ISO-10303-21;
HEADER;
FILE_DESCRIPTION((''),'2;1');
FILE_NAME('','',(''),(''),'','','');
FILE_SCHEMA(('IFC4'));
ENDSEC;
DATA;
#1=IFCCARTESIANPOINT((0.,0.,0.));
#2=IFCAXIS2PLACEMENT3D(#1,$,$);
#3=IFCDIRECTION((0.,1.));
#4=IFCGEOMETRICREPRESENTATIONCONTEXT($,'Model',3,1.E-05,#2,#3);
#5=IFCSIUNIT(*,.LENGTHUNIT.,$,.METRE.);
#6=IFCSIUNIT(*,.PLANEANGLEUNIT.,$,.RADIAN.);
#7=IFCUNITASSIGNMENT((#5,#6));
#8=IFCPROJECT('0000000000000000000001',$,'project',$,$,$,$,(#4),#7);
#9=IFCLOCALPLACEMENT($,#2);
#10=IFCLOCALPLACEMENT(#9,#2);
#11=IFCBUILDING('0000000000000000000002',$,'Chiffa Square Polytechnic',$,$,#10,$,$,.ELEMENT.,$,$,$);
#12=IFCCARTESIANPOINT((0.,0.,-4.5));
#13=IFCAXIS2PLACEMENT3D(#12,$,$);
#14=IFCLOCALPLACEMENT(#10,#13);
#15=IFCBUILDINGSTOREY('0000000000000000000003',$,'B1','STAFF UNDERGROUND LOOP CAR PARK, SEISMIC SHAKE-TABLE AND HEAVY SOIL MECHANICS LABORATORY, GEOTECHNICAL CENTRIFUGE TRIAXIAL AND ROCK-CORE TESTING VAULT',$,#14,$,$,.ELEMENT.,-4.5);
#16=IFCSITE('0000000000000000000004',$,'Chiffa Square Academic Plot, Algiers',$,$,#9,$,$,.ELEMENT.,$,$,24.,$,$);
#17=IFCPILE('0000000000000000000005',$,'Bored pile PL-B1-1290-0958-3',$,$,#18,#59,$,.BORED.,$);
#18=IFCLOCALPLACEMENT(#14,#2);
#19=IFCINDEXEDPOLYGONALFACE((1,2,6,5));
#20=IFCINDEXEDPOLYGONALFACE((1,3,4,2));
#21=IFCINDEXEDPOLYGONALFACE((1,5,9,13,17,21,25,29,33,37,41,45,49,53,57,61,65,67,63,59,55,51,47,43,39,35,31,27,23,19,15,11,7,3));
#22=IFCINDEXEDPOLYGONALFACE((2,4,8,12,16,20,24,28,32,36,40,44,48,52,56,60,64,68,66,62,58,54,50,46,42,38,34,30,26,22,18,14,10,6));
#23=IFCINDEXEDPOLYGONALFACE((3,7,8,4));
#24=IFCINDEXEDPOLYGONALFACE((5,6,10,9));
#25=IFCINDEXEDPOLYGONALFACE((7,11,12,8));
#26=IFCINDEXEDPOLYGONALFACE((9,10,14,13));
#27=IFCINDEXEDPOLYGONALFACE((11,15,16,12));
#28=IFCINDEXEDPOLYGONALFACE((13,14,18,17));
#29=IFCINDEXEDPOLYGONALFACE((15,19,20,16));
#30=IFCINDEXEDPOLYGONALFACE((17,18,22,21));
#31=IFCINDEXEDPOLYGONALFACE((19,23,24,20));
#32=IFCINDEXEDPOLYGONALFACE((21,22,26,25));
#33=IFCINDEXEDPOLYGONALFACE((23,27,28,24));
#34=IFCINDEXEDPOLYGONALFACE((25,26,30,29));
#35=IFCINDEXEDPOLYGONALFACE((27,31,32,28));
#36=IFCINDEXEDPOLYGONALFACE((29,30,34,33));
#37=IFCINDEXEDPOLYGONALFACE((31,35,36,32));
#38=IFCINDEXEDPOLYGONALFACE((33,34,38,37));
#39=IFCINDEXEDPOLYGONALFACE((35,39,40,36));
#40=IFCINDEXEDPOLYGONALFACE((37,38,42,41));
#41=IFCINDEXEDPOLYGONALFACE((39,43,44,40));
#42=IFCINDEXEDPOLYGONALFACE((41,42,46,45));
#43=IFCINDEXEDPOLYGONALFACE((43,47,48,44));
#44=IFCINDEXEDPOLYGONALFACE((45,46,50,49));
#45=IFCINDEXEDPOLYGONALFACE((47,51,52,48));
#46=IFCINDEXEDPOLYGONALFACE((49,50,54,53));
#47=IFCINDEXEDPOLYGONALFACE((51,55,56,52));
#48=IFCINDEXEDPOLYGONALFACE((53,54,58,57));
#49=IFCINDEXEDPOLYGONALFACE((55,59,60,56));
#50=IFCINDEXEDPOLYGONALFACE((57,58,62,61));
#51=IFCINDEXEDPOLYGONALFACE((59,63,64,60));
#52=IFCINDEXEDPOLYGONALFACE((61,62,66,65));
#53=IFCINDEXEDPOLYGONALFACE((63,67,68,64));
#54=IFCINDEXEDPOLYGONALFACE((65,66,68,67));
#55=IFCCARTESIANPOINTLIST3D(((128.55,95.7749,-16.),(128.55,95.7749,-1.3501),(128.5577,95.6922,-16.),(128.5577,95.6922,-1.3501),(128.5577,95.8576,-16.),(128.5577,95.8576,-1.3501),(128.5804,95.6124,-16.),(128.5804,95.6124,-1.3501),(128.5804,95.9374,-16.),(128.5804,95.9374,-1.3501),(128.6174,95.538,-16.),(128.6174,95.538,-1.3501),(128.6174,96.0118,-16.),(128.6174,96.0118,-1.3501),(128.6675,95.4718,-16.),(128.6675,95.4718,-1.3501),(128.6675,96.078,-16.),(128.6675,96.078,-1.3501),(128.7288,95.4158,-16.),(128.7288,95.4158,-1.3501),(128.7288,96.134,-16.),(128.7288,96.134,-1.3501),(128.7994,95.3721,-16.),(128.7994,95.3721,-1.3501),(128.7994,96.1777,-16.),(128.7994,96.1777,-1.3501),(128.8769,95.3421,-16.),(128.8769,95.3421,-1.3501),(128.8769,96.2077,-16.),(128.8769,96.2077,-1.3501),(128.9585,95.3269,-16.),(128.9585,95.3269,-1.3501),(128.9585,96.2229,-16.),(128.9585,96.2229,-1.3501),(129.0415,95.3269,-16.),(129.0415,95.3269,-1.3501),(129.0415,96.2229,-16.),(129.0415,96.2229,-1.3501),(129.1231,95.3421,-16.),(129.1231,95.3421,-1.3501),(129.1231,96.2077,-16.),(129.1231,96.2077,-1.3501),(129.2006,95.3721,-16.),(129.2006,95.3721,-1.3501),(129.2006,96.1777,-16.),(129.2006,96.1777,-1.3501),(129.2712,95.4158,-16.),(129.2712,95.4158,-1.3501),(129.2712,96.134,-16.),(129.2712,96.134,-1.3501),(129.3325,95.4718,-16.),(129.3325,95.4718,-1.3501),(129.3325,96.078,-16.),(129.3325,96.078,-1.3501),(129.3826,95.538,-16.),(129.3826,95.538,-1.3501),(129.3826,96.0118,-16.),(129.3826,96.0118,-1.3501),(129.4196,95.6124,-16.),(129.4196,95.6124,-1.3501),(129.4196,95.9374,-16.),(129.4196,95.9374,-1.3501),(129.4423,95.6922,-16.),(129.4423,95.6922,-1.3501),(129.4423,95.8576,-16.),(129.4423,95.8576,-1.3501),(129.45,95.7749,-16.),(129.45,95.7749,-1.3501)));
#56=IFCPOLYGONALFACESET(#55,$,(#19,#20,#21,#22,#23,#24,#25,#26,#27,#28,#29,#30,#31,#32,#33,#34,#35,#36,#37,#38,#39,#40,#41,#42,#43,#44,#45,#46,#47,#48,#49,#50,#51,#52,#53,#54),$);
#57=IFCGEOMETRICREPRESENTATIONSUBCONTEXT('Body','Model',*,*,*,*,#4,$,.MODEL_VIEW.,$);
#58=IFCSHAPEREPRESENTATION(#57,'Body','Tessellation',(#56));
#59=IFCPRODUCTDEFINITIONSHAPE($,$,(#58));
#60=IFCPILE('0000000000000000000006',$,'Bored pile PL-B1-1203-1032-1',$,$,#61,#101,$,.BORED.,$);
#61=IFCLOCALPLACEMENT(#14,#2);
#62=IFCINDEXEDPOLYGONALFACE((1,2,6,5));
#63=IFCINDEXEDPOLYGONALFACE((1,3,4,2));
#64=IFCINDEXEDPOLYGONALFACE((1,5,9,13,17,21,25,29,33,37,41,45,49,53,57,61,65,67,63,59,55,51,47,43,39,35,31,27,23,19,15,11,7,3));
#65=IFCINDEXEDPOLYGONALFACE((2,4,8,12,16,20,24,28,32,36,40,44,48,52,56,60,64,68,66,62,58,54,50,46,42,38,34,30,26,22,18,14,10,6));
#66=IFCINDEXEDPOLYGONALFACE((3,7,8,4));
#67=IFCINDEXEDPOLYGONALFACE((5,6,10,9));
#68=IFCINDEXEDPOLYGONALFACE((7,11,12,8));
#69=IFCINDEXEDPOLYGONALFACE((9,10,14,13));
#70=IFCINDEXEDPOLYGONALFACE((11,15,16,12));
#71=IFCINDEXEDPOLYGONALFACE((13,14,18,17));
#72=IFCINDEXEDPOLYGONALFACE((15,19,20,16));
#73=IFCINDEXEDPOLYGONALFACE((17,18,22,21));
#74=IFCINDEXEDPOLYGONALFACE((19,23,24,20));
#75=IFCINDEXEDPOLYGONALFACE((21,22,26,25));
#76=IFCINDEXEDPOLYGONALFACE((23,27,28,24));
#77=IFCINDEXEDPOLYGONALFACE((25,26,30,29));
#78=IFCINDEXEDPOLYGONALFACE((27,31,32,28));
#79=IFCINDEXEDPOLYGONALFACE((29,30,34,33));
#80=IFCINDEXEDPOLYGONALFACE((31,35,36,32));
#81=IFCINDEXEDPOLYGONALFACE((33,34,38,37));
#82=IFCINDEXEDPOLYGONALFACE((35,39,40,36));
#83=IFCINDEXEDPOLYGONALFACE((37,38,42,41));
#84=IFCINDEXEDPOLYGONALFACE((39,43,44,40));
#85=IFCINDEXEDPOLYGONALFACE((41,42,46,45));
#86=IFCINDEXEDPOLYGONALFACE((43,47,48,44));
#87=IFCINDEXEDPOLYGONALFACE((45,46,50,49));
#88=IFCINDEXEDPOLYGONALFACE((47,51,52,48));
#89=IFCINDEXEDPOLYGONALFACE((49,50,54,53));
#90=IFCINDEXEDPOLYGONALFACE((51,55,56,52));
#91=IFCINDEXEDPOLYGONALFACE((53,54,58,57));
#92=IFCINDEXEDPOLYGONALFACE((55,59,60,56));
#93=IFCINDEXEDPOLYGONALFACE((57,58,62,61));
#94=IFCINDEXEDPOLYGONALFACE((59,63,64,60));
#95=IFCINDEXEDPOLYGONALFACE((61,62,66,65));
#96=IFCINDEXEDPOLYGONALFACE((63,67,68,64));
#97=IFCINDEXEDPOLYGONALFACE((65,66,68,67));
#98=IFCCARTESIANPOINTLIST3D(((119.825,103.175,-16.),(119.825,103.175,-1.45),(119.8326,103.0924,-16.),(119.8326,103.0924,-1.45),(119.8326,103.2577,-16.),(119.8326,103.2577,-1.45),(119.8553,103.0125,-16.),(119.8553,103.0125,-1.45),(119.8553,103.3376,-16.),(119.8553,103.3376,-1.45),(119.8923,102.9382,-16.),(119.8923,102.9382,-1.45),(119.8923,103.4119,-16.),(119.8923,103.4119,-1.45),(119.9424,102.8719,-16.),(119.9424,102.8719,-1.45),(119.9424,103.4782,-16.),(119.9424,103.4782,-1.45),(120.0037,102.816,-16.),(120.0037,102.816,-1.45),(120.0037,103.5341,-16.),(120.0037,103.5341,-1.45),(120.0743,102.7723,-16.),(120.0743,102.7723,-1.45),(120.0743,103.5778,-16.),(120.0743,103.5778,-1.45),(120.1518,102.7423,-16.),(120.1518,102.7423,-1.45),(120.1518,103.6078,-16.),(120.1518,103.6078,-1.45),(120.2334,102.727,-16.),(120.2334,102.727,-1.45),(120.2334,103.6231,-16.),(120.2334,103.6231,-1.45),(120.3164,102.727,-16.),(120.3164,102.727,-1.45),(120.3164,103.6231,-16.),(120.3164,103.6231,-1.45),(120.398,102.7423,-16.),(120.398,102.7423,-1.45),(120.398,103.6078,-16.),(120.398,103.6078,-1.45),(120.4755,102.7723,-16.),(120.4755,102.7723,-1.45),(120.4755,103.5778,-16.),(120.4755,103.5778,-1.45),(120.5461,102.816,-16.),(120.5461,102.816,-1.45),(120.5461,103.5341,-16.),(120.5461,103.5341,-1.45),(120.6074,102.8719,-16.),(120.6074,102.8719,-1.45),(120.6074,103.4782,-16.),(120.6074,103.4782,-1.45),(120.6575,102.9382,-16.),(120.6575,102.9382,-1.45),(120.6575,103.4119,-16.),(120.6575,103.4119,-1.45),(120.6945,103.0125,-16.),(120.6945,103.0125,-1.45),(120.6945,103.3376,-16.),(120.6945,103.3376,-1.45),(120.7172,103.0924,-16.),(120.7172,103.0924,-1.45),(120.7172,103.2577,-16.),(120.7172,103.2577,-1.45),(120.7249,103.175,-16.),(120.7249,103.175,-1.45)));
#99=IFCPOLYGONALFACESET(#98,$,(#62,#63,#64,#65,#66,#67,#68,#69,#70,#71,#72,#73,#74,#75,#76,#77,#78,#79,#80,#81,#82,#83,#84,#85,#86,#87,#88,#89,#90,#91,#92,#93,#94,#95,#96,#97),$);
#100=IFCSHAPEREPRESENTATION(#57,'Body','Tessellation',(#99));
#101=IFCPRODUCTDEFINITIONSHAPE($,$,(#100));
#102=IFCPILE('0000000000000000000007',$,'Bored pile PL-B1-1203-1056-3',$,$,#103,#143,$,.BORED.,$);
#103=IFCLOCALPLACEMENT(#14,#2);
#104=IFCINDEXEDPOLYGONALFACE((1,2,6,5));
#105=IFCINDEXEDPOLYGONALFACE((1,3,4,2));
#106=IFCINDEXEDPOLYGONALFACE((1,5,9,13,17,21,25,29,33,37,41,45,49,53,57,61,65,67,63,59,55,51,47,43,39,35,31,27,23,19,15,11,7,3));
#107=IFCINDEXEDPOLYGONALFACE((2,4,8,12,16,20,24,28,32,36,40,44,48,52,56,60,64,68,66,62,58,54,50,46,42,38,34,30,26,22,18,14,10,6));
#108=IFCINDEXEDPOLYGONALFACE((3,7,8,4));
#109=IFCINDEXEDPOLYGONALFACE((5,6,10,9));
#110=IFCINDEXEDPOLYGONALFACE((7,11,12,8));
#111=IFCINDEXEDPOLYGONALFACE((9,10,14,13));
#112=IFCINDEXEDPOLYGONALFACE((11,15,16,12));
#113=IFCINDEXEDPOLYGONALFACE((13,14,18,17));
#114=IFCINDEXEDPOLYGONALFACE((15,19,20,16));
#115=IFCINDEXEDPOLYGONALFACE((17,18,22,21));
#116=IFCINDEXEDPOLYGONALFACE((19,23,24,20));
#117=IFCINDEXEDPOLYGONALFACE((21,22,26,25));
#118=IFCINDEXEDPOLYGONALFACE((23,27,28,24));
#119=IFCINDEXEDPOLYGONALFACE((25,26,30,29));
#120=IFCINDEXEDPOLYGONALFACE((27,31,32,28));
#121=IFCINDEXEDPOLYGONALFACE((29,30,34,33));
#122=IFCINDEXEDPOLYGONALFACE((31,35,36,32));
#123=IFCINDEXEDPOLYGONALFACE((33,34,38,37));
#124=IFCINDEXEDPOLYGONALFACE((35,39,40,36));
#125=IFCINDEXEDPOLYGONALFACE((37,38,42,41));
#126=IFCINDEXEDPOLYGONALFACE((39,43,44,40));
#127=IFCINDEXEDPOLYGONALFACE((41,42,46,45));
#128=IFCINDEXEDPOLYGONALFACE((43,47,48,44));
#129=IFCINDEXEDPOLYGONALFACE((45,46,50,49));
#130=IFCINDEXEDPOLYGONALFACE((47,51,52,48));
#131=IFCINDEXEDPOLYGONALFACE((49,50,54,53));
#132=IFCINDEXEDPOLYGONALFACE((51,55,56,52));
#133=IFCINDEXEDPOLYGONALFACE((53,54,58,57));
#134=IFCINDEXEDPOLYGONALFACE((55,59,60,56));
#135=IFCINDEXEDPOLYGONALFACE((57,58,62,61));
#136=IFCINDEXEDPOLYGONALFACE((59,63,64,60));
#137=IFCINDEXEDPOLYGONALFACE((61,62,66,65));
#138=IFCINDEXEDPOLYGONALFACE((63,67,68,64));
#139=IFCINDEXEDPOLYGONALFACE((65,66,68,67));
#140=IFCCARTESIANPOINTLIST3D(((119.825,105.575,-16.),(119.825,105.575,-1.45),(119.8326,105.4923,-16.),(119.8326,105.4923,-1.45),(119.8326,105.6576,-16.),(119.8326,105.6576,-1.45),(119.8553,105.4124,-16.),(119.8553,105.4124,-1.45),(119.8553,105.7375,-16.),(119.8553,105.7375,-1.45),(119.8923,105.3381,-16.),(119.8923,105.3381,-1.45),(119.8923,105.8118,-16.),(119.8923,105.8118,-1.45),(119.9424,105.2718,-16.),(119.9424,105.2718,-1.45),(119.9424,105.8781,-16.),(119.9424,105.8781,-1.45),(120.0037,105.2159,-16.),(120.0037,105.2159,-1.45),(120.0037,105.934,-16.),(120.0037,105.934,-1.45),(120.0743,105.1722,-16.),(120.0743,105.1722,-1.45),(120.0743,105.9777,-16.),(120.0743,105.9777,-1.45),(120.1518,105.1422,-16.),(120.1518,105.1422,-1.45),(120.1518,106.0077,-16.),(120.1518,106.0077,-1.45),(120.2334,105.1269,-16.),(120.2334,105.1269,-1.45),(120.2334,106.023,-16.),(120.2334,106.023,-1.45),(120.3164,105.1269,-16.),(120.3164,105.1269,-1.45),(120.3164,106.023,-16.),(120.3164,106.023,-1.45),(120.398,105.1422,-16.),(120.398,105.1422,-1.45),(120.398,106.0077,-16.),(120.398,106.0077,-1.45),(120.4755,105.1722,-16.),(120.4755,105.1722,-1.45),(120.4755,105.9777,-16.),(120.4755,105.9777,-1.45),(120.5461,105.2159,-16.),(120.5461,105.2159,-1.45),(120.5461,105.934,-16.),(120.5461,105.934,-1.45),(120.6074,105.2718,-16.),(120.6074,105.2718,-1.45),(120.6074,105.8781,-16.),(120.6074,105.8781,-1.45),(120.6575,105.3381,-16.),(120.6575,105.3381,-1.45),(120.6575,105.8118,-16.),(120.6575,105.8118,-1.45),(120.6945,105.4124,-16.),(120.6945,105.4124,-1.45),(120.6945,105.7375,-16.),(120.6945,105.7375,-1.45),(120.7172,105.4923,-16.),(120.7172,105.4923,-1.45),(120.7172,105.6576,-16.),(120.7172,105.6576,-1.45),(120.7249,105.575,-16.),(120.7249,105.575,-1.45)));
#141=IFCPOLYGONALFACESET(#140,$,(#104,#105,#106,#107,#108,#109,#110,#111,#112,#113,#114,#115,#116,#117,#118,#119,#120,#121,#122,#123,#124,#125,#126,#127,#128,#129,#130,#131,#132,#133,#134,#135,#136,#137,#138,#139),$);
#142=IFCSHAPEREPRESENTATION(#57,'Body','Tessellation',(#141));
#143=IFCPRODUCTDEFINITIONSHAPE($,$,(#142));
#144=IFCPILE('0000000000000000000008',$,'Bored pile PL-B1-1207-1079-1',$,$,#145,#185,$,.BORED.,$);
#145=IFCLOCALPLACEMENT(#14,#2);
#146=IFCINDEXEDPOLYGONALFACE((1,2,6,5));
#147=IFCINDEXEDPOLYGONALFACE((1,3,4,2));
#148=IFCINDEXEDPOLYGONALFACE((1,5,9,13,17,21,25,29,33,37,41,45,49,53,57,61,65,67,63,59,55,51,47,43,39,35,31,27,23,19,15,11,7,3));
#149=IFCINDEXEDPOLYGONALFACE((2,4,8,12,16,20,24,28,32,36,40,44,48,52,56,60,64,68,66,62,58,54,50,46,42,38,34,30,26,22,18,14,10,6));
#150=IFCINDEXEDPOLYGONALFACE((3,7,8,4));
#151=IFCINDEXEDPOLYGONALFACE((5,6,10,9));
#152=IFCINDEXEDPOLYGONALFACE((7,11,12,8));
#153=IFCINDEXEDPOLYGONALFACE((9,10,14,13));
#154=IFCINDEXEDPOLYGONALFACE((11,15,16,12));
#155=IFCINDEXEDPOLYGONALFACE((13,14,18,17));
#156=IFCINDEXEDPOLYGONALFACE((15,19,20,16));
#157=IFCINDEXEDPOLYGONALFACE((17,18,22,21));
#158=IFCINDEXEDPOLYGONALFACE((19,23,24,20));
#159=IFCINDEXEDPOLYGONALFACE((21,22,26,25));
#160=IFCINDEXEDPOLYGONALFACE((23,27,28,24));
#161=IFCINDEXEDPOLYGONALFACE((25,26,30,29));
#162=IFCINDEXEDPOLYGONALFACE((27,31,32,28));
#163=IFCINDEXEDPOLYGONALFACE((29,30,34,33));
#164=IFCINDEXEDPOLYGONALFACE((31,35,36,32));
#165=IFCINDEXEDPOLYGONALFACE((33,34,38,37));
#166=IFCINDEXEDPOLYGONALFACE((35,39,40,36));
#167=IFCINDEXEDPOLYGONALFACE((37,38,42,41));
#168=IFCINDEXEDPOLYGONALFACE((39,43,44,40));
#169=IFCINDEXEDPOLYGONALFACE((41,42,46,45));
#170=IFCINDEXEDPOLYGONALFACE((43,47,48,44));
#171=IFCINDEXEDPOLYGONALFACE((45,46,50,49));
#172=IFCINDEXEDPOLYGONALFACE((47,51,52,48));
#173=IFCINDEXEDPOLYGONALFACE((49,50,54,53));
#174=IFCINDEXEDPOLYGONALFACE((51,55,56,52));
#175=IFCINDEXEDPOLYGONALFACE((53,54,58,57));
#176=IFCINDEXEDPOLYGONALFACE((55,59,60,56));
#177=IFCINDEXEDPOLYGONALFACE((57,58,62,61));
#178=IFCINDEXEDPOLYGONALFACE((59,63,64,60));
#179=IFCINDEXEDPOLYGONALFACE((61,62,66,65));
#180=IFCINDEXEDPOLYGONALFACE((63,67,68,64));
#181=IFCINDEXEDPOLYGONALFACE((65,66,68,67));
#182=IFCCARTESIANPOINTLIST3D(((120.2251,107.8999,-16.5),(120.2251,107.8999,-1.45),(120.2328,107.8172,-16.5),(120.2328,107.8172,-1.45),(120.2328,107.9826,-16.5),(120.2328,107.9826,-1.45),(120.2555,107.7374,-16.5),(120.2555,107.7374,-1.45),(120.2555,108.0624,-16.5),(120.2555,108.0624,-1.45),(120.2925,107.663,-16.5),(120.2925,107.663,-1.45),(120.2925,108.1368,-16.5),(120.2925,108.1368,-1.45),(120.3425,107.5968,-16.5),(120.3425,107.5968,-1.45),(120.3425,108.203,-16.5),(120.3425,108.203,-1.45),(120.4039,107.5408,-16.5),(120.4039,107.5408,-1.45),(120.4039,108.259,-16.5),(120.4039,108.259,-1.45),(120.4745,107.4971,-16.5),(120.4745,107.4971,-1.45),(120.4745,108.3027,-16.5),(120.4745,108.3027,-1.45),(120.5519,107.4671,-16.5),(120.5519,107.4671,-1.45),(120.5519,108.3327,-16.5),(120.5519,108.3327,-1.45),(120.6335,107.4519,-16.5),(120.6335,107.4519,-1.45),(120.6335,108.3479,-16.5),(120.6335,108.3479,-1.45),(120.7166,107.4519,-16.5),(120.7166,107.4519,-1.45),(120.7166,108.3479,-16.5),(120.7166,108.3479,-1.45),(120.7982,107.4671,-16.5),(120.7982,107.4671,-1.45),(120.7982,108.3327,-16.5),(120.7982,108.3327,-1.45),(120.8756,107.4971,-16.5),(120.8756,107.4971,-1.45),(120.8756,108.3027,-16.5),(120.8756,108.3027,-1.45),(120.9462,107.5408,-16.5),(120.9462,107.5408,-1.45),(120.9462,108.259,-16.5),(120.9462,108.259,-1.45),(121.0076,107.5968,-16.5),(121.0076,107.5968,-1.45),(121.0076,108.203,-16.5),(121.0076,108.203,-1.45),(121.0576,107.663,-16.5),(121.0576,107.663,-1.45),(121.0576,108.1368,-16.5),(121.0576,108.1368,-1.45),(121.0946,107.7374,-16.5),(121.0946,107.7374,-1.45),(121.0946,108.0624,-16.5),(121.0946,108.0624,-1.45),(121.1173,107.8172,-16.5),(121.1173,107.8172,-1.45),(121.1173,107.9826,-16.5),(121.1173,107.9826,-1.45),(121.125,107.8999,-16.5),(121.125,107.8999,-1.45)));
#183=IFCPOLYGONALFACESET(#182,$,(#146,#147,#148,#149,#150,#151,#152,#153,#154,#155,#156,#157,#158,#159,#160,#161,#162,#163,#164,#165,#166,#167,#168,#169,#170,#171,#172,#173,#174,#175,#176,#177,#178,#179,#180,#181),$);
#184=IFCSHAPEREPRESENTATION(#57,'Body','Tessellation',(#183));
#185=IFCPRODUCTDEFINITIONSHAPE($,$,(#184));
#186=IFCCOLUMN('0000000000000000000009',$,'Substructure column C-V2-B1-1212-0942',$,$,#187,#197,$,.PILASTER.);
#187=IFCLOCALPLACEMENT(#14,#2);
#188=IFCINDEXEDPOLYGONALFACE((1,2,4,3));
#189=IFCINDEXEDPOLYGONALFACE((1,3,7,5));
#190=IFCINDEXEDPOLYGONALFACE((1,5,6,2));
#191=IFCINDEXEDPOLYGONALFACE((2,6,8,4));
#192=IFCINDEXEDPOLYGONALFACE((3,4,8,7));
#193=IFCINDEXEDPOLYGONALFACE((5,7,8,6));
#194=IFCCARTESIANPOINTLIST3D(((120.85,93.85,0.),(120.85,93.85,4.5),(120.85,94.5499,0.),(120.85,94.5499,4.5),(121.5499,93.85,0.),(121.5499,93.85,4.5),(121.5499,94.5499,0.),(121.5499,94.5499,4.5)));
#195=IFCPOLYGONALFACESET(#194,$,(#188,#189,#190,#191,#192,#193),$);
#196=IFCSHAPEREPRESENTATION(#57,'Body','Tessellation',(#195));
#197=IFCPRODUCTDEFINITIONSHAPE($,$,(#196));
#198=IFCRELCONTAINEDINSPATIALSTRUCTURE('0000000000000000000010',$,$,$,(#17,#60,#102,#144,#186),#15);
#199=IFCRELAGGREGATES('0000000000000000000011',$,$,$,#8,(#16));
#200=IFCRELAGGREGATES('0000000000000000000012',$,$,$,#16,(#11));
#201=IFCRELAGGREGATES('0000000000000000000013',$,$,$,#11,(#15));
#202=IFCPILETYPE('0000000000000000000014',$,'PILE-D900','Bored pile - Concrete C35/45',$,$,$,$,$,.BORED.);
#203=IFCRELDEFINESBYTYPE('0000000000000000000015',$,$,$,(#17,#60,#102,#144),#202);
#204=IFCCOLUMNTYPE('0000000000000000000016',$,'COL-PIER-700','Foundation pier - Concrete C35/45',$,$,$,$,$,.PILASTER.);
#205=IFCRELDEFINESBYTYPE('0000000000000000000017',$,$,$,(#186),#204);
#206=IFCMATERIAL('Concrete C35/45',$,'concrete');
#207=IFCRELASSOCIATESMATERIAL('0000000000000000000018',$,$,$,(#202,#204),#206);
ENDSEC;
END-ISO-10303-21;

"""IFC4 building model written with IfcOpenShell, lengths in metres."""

from ifc_helpers import new_model, si_unit, direction, frame, origin, origin_2d, place, context, subcontext, project, spatial, rectangle, circle, extrude, material, material_profile, profile_set, type_object, element, save


model = new_model("IFC4")

# Units and contexts
model_context = context("Model", 3, precision=1e-05, world=origin(), true_north=direction((0.0, 1.0)))
body_context = subcontext(model_context, "Body", "Model", "MODEL_VIEW")
ifc_project = project(units=[si_unit("LENGTHUNIT", "METRE"), si_unit("PLANEANGLEUNIT", "RADIAN")], contexts=[model_context])

# Site, building, storey
site_placement = place(None, origin())
site = spatial("IfcSite", under=ifc_project, at=site_placement, Name="Chiffa Square Academic Plot, Algiers", CompositionType="ELEMENT", RefElevation=24.0)
building_placement = place(site_placement, origin())
building = spatial("IfcBuilding", under=site, at=building_placement, Name="Chiffa Square Polytechnic", CompositionType="ELEMENT")
storey_placement = place(building_placement, frame((0.0, 0.0, -4.5)))
storey = spatial("IfcBuildingStorey", under=building, at=storey_placement, Name="B1", Description="STAFF UNDERGROUND LOOP CAR PARK, SEISMIC SHAKE-TABLE AND HEAVY SOIL MECHANICS LABORATORY, GEOTECHNICAL CENTRIFUGE TRIAXIAL AND ROCK-CORE TESTING VAULT", CompositionType="ELEMENT", Elevation=-4.5)

# Shared definitions
ifc_material_1 = material(Name="Concrete C35/45", Category="concrete")

# Piles
ifc_material_profile_1 = material_profile(ifc_material_1, circle(Radius=0.45, at=origin_2d()), Name="PILE D900")
ifc_profile_set_1 = profile_set([ifc_material_profile_1], Name="Concrete C35/45")
pile_type = type_object("IfcPileType", Name="PILE-D900", Description="Bored pile - Concrete C35/45", PredefinedType="BORED", material=ifc_profile_set_1)
pile_1_placement = place(storey_placement, frame((129.0, 95.7749, -1.3501), z_axis=(0.0, 0.0, -1.0), x_axis=(1.0, 0.0, 0.0)))
element("IfcPile", 1, at=pile_1_placement, inside=storey, type_object=pile_type, Name="Bored pile PL-B1-1290-0958-3", PredefinedType="BORED", context=body_context, shape_type="SweptSolid", body=[
    extrude(circle(Radius=0.45, at=origin_2d()), origin(), (0.0, 0.0, 1.0), 14.6499),
])
for number, where, z_axis, x_axis, name in (
    (2, (120.2749, 103.175, -1.45), (0.0, 0.0, -1.0), (1.0, 0.0, 0.0), "Bored pile PL-B1-1203-1032-1"),
    (3, (120.2749, 105.575, -1.45), (0.0, 0.0, -1.0), (1.0, 0.0, 0.0), "Bored pile PL-B1-1203-1056-3"),
):
    element("IfcPile", number, at=place(storey_placement, frame(where, z_axis=z_axis, x_axis=x_axis)), inside=storey, type_object=pile_type, Name=name, PredefinedType="BORED", context=body_context, shape_type="SweptSolid", body=[
        extrude(circle(Radius=0.45, at=origin_2d()), origin(), (0.0, 0.0, 1.0), 14.55),
    ])
pile_2_placement = place(storey_placement, frame((120.675, 107.8999, -1.45), z_axis=(0.0, 0.0, -1.0), x_axis=(1.0, 0.0, 0.0)))
element("IfcPile", 4, at=pile_2_placement, inside=storey, type_object=pile_type, Name="Bored pile PL-B1-1207-1079-1", PredefinedType="BORED", context=body_context, shape_type="SweptSolid", body=[
    extrude(circle(Radius=0.45, at=origin_2d()), origin(), (0.0, 0.0, 1.0), 15.05),
])

# Column
ifc_material_profile_2 = material_profile(ifc_material_1, rectangle(XDim=0.7, YDim=0.7, at=origin_2d()), Name="RC 700x700")
ifc_profile_set_2 = profile_set([ifc_material_profile_2], Name="Concrete C35/45")
column_type_1 = type_object("IfcColumnType", Name="COL-PIER-700", Description="Foundation pier - Concrete C35/45", PredefinedType="PILASTER", material=ifc_profile_set_2)
column_placement = place(storey_placement, frame((121.2, 94.2, 0.0), z_axis=(0.0, 0.0, 1.0), x_axis=(1.0, 0.0, 0.0)))
element("IfcColumn", 5, at=column_placement, inside=storey, type_object=column_type_1, Name="Substructure column C-V2-B1-1212-0942", PredefinedType="PILASTER", context=body_context, shape_type="SweptSolid", body=[
    extrude(rectangle(XDim=0.7, YDim=0.7, at=origin_2d()), origin(), (0.0, 0.0, 1.0), 4.5),
])

save(model, "model.ifc")
